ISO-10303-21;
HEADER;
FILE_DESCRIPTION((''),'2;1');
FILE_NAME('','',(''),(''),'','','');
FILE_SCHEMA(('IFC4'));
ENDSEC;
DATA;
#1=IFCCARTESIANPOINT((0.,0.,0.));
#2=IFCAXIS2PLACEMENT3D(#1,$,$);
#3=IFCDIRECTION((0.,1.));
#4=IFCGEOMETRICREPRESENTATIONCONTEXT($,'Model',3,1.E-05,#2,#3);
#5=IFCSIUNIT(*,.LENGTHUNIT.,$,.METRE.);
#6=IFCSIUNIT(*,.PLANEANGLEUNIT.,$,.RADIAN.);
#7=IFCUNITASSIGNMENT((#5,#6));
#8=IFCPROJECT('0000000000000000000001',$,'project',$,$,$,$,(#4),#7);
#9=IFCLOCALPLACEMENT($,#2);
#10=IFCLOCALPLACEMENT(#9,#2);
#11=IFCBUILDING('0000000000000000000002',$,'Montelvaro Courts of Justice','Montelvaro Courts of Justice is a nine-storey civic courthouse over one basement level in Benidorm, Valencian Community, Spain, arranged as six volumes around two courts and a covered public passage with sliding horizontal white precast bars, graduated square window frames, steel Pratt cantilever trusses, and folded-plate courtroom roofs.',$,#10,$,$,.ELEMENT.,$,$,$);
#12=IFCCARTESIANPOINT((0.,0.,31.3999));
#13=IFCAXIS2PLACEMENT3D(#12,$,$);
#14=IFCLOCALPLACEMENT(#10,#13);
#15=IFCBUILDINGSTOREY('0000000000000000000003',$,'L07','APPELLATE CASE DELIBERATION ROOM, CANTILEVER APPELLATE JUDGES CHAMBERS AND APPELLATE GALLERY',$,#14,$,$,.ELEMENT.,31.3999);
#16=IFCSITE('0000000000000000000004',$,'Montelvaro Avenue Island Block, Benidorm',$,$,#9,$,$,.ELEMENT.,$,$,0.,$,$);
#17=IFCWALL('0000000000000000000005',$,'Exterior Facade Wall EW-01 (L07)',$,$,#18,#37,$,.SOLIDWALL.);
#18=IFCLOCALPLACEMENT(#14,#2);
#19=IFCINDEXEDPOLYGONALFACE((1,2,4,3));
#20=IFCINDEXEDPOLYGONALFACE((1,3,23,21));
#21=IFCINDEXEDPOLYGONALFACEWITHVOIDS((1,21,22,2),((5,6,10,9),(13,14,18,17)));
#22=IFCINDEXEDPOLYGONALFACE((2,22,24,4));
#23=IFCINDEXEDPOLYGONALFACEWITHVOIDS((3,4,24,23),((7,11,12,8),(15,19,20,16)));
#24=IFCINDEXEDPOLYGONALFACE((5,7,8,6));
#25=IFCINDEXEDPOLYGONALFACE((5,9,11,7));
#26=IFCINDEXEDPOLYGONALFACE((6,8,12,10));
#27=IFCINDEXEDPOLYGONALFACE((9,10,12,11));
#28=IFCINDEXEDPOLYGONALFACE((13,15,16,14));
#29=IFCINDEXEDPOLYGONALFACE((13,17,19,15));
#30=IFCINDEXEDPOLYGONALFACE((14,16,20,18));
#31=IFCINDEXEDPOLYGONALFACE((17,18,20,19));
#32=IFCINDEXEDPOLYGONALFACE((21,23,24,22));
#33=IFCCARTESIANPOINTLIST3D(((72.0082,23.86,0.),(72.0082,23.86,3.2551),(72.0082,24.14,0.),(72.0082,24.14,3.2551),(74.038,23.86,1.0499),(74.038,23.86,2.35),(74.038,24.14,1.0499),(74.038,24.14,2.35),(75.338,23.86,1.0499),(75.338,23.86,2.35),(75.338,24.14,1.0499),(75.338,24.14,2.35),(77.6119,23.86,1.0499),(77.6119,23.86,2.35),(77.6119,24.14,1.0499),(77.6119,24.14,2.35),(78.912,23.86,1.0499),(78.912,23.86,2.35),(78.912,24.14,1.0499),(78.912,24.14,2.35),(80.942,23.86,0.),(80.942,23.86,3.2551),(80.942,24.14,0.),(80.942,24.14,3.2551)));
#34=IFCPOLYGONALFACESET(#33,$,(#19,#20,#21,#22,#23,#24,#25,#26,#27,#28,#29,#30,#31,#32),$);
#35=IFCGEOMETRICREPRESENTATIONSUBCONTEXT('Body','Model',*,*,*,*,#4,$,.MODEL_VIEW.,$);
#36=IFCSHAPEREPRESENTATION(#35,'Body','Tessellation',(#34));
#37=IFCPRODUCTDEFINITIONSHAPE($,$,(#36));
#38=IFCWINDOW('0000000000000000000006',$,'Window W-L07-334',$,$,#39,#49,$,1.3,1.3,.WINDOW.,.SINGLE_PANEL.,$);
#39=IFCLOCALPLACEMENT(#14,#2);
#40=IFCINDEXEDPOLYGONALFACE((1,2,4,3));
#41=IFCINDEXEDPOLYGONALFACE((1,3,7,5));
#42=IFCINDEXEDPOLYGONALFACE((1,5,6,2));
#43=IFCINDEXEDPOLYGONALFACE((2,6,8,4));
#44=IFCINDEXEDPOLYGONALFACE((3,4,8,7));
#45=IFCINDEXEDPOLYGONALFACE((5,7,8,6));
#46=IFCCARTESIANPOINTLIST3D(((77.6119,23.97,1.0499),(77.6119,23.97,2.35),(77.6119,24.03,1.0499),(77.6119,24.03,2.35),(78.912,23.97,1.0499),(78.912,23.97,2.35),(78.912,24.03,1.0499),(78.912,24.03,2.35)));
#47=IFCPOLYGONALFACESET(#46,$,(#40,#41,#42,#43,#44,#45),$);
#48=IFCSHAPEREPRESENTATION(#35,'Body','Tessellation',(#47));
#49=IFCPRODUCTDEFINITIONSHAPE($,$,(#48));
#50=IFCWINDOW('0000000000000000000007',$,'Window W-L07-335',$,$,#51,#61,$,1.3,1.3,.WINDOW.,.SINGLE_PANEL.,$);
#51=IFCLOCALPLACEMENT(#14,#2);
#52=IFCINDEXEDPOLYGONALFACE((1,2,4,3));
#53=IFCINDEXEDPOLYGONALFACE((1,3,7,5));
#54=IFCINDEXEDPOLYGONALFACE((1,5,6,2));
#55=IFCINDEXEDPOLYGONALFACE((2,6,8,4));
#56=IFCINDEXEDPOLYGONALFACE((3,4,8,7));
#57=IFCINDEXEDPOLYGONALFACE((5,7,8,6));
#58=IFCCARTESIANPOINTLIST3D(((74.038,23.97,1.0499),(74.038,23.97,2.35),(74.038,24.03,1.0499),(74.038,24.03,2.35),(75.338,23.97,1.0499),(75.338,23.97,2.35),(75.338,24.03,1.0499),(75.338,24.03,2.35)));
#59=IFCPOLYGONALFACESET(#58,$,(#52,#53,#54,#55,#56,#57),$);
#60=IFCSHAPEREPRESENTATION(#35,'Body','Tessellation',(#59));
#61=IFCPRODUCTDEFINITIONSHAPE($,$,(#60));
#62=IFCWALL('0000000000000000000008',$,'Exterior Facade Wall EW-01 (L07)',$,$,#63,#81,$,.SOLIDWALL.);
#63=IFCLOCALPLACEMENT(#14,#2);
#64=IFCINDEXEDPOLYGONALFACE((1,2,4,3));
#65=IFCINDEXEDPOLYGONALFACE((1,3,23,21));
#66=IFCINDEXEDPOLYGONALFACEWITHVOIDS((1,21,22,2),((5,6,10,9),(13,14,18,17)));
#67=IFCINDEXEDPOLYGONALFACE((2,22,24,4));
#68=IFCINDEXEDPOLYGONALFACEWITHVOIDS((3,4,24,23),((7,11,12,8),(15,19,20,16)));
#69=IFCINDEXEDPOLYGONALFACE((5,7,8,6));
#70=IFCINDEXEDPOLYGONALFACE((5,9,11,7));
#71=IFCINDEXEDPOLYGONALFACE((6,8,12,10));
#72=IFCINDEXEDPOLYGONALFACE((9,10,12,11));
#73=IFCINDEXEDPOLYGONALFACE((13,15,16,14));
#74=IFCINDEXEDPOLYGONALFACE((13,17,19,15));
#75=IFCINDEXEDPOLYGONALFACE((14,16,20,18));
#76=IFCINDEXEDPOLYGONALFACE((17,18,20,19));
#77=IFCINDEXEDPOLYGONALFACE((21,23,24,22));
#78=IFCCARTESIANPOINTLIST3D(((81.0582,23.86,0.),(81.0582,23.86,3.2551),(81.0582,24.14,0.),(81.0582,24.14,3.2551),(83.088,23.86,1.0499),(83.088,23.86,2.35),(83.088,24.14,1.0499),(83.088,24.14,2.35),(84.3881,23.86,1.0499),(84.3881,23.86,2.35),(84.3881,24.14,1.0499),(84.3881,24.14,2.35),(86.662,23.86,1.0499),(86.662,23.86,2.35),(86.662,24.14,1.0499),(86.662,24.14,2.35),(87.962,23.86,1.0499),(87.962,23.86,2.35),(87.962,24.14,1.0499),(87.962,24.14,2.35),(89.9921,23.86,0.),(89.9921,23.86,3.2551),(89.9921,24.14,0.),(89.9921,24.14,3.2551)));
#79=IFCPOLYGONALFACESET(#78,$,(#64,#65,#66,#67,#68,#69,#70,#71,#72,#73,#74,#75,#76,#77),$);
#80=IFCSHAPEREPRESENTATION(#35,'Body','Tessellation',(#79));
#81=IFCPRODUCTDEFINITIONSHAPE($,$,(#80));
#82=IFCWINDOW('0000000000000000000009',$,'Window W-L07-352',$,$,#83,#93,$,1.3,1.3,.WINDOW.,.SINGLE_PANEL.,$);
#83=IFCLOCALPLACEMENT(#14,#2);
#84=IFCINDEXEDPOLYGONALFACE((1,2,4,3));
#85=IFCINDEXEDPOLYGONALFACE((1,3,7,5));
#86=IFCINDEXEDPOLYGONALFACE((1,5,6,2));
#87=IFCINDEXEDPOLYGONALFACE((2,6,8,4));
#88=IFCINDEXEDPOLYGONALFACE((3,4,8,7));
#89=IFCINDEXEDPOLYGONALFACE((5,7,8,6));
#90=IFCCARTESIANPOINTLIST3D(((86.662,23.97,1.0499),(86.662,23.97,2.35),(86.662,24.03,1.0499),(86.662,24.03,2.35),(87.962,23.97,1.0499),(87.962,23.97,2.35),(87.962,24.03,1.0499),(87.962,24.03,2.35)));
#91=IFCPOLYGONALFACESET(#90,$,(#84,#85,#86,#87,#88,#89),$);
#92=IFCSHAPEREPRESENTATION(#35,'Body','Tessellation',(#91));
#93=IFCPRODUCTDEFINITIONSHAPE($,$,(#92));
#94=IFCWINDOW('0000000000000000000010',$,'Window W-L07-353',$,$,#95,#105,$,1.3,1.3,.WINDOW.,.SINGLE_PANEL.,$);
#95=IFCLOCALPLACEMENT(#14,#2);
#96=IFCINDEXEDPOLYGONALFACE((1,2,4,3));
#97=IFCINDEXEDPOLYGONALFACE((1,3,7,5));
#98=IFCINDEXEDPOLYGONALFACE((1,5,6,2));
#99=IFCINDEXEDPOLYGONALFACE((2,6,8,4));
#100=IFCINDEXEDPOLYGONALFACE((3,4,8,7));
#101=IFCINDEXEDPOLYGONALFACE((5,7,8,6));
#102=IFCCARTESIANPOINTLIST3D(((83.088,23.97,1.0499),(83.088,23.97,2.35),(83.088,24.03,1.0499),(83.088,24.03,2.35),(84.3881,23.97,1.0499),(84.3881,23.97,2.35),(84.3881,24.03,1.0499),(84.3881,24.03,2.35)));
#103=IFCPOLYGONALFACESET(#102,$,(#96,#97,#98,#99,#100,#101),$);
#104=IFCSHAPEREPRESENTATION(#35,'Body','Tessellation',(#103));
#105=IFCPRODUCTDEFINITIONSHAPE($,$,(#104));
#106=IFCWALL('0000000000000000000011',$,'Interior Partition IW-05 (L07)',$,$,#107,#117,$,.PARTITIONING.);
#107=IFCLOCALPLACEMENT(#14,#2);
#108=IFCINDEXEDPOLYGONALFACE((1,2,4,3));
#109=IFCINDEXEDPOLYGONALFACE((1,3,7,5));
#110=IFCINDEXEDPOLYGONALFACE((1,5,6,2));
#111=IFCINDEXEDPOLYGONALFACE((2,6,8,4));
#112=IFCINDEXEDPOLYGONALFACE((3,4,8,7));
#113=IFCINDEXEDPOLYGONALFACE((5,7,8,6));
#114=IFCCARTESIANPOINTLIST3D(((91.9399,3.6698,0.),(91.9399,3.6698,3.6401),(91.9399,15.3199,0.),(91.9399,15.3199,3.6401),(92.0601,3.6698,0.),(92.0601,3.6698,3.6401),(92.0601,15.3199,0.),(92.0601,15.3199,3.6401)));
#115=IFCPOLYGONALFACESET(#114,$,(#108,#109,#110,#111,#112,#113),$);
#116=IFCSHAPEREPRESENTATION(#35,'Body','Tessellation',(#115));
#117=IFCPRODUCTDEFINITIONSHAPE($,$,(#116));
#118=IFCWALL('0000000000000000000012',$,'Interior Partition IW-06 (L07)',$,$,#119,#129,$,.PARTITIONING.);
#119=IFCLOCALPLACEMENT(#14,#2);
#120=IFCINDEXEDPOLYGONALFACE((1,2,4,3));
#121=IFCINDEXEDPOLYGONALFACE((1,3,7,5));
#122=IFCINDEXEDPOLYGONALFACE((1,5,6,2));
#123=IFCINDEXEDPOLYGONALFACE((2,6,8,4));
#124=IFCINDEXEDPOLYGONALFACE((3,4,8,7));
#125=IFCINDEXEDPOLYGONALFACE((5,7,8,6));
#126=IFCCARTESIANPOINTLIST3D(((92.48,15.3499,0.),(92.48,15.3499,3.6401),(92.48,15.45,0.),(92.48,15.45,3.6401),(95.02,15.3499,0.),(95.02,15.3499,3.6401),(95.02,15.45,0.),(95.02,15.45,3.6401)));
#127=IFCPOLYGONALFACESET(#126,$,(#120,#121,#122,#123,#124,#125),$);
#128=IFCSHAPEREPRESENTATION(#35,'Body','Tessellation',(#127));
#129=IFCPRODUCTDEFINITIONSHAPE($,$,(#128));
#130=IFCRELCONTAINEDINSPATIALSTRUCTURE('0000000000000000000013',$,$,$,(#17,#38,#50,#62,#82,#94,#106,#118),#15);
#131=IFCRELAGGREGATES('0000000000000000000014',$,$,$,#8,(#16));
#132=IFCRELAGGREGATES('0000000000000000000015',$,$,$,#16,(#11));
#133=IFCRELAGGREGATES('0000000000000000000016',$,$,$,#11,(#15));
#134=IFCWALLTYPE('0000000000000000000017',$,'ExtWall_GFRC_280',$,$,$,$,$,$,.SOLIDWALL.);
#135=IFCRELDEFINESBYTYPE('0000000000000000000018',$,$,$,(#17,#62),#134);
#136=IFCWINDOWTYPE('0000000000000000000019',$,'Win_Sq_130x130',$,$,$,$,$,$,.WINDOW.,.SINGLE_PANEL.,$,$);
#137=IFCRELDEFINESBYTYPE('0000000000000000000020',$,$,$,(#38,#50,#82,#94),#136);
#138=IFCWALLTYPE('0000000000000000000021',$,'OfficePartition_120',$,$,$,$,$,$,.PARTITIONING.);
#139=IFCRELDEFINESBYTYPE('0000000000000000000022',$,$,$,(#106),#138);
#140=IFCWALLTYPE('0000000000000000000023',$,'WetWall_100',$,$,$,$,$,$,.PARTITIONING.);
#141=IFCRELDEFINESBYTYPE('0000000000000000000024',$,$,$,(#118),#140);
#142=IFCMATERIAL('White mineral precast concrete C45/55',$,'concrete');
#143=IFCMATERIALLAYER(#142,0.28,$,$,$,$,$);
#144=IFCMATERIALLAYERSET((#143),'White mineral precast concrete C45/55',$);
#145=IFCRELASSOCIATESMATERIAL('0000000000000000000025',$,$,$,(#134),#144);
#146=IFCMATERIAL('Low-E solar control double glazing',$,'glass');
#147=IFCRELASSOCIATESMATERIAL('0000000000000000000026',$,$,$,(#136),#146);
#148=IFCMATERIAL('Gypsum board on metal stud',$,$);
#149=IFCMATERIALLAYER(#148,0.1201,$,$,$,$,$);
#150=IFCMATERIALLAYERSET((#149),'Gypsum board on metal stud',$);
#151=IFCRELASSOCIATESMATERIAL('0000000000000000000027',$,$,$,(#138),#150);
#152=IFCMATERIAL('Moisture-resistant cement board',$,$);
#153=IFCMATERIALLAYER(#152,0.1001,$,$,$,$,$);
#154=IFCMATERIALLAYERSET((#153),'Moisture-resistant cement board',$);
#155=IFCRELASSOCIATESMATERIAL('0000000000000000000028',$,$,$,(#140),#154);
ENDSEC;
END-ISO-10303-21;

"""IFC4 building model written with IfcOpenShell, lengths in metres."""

from ifc_helpers import new_model, si_unit, direction, frame, frame_2d, origin, place, context, subcontext, project, spatial, rectangle, extrude, material, layer, layer_set, type_object, element, fill, save


model = new_model("IFC4")

# Units and contexts
model_context = context("Model", 3, precision=1e-05, world=origin(), true_north=direction((0.0, 1.0)))
body_context = subcontext(model_context, "Body", "Model", "MODEL_VIEW")
ifc_project = project(units=[si_unit("LENGTHUNIT", "METRE"), si_unit("PLANEANGLEUNIT", "RADIAN")], contexts=[model_context])

# Site, building, storey
site_placement = place(None, origin())
site = spatial("IfcSite", under=ifc_project, at=site_placement, Name="Montelvaro Avenue Island Block, Benidorm", CompositionType="ELEMENT", RefElevation=0.0)
building_placement = place(site_placement, origin())
building = spatial("IfcBuilding", under=site, at=building_placement, Name="Montelvaro Courts of Justice", Description="Montelvaro Courts of Justice is a nine-storey civic courthouse over one basement level in Benidorm, Valencian Community, Spain, arranged as six volumes around two courts and a covered public passage with sliding horizontal white precast bars, graduated square window frames, steel Pratt cantilever trusses, and folded-plate courtroom roofs.", CompositionType="ELEMENT")
storey_placement = place(building_placement, frame((0.0, 0.0, 31.3999)))
storey = spatial("IfcBuildingStorey", under=building, at=storey_placement, Name="L07", Description="APPELLATE CASE DELIBERATION ROOM, CANTILEVER APPELLATE JUDGES CHAMBERS AND APPELLATE GALLERY", CompositionType="ELEMENT", Elevation=31.3999)

# Shared definitions
ifc_material_1 = material(Name="White mineral precast concrete C45/55", Category="concrete")

# Shared definitions
ifc_material_2 = material(Name="Gypsum board on metal stud")

# Walls, openings, windows
ifc_layer_1 = layer(ifc_material_1, 0.28)
ifc_layer_set_1 = layer_set([ifc_layer_1], Name="White mineral precast concrete C45/55")
wall_type_1 = type_object("IfcWallType", Name="ExtWall_GFRC_280", PredefinedType="SOLIDWALL", material=ifc_layer_set_1)
wall_1_placement = place(storey_placement, frame((80.9419, 24.0, 0.0), z_axis=(0.0, 0.0, 1.0), x_axis=(-1.0, 0.0, 0.0)))
wall_1 = element("IfcWall", 1, at=wall_1_placement, inside=storey, type_object=wall_type_1, Name="Exterior Facade Wall EW-01 (L07)", PredefinedType="SOLIDWALL", context=body_context, shape_type="SweptSolid", body=[
    extrude(rectangle(XDim=8.9338, YDim=0.28, at=frame_2d((4.4668, 0.0))), origin(), (0.0, 0.0, 1.0), 3.2551),
])
opening_1_placement = place(wall_1_placement, frame((2.03, 0.0, 1.05)))
opening_1 = element("IfcOpeningElement", 2, at=opening_1_placement, cuts=wall_1, PredefinedType="OPENING", context=body_context, shape_type="SweptSolid", body=[
    extrude(rectangle(XDim=1.3, YDim=1.3, at=frame_2d((0.6499, 0.6499))), frame((0.0, 0.1548, 0.0), z_axis=(0.0, -1.0, 0.0), x_axis=(1.0, 0.0, 0.0)), (0.0, 0.0, 1.0), 0.3098),
])
opening_2_placement = place(wall_1_placement, frame((5.604, 0.0, 1.05)))
opening_2 = element("IfcOpeningElement", 3, at=opening_2_placement, cuts=wall_1, PredefinedType="OPENING", context=body_context, shape_type="SweptSolid", body=[
    extrude(rectangle(XDim=1.3, YDim=1.3, at=frame_2d((0.6499, 0.6499))), frame((0.0, 0.1548, 0.0), z_axis=(0.0, -1.0, 0.0), x_axis=(1.0, 0.0, 0.0)), (0.0, 0.0, 1.0), 0.3098),
])
ifc_material_3 = material(Name="Low-E solar control double glazing", Category="glass")
window_type = type_object("IfcWindowType", Name="Win_Sq_130x130", PartitioningType="SINGLE_PANEL", PredefinedType="WINDOW", material=ifc_material_3)
window_1_placement = place(opening_1_placement, origin())
window_1 = element("IfcWindow", 4, at=window_1_placement, inside=storey, type_object=window_type, Name="Window W-L07-334", OverallHeight=1.3, OverallWidth=1.3, PartitioningType="SINGLE_PANEL", PredefinedType="WINDOW", context=body_context, shape_type="SweptSolid", body=[
    extrude(rectangle(XDim=1.3, YDim=1.3, at=frame_2d((0.6499, 0.6499))), frame((0.0, 0.03, 0.0), z_axis=(0.0, -1.0, 0.0), x_axis=(1.0, 0.0, 0.0)), (0.0, 0.0, 1.0), 0.0601),
])
fill(opening_1, window_1)
window_2_placement = place(opening_2_placement, origin())
window_2 = element("IfcWindow", 5, at=window_2_placement, inside=storey, type_object=window_type, Name="Window W-L07-335", OverallHeight=1.3, OverallWidth=1.3, PartitioningType="SINGLE_PANEL", PredefinedType="WINDOW", context=body_context, shape_type="SweptSolid", body=[
    extrude(rectangle(XDim=1.3, YDim=1.3, at=frame_2d((0.6499, 0.6499))), frame((0.0, 0.03, 0.0), z_axis=(0.0, -1.0, 0.0), x_axis=(1.0, 0.0, 0.0)), (0.0, 0.0, 1.0), 0.0601),
])
fill(opening_2, window_2)
wall_2_placement = place(storey_placement, frame((89.9919, 24.0, 0.0), z_axis=(0.0, 0.0, 1.0), x_axis=(-1.0, 0.0, 0.0)))
wall_2 = element("IfcWall", 6, at=wall_2_placement, inside=storey, type_object=wall_type_1, Name="Exterior Facade Wall EW-01 (L07)", PredefinedType="SOLIDWALL", context=body_context, shape_type="SweptSolid", body=[
    extrude(rectangle(XDim=8.9338, YDim=0.28, at=frame_2d((4.4668, 0.0))), origin(), (0.0, 0.0, 1.0), 3.2551),
])
opening_3_placement = place(wall_2_placement, frame((2.03, 0.0, 1.05)))
opening_3 = element("IfcOpeningElement", 7, at=opening_3_placement, cuts=wall_2, PredefinedType="OPENING", context=body_context, shape_type="SweptSolid", body=[
    extrude(rectangle(XDim=1.3, YDim=1.3, at=frame_2d((0.6499, 0.6499))), frame((0.0, 0.1548, 0.0), z_axis=(0.0, -1.0, 0.0), x_axis=(1.0, 0.0, 0.0)), (0.0, 0.0, 1.0), 0.3098),
])
opening_4_placement = place(wall_2_placement, frame((5.604, 0.0, 1.05)))
opening_4 = element("IfcOpeningElement", 8, at=opening_4_placement, cuts=wall_2, PredefinedType="OPENING", context=body_context, shape_type="SweptSolid", body=[
    extrude(rectangle(XDim=1.3, YDim=1.3, at=frame_2d((0.6499, 0.6499))), frame((0.0, 0.1548, 0.0), z_axis=(0.0, -1.0, 0.0), x_axis=(1.0, 0.0, 0.0)), (0.0, 0.0, 1.0), 0.3098),
])
window_3_placement = place(opening_3_placement, origin())
window_3 = element("IfcWindow", 9, at=window_3_placement, inside=storey, type_object=window_type, Name="Window W-L07-352", OverallHeight=1.3, OverallWidth=1.3, PartitioningType="SINGLE_PANEL", PredefinedType="WINDOW", context=body_context, shape_type="SweptSolid", body=[
    extrude(rectangle(XDim=1.3, YDim=1.3, at=frame_2d((0.6499, 0.6499))), frame((0.0, 0.03, 0.0), z_axis=(0.0, -1.0, 0.0), x_axis=(1.0, 0.0, 0.0)), (0.0, 0.0, 1.0), 0.0601),
])
fill(opening_3, window_3)
window_4_placement = place(opening_4_placement, origin())
window_4 = element("IfcWindow", 10, at=window_4_placement, inside=storey, type_object=window_type, Name="Window W-L07-353", OverallHeight=1.3, OverallWidth=1.3, PartitioningType="SINGLE_PANEL", PredefinedType="WINDOW", context=body_context, shape_type="SweptSolid", body=[
    extrude(rectangle(XDim=1.3, YDim=1.3, at=frame_2d((0.6499, 0.6499))), frame((0.0, 0.03, 0.0), z_axis=(0.0, -1.0, 0.0), x_axis=(1.0, 0.0, 0.0)), (0.0, 0.0, 1.0), 0.0601),
])
fill(opening_4, window_4)

# Walls
ifc_layer_2 = layer(ifc_material_2, 0.1201)
ifc_layer_set_2 = layer_set([ifc_layer_2], Name="Gypsum board on metal stud")
wall_type_2 = type_object("IfcWallType", Name="OfficePartition_120", PredefinedType="PARTITIONING", material=ifc_layer_set_2)
wall_3_placement = place(storey_placement, frame((92.0, 15.3201, 0.0), z_axis=(0.0, 0.0, 1.0), x_axis=(0.0, -1.0, 0.0)))
element("IfcWall", 11, at=wall_3_placement, inside=storey, type_object=wall_type_2, Name="Interior Partition IW-05 (L07)", PredefinedType="PARTITIONING", context=body_context, shape_type="SweptSolid", body=[
    extrude(rectangle(XDim=11.6501, YDim=0.1201, at=frame_2d((5.8252, 0.0))), origin(), (0.0, 0.0, 1.0), 3.6401),
])
ifc_material_4 = material(Name="Moisture-resistant cement board")
ifc_layer_3 = layer(ifc_material_4, 0.1001)
ifc_layer_set_3 = layer_set([ifc_layer_3], Name="Moisture-resistant cement board")
wall_type_3 = type_object("IfcWallType", Name="WetWall_100", PredefinedType="PARTITIONING", material=ifc_layer_set_3)
wall_4_placement = place(storey_placement, frame((92.48, 15.3999, 0.0), z_axis=(0.0, 0.0, 1.0), x_axis=(1.0, 0.0, 0.0)))
element("IfcWall", 12, at=wall_4_placement, inside=storey, type_object=wall_type_3, Name="Interior Partition IW-06 (L07)", PredefinedType="PARTITIONING", context=body_context, shape_type="SweptSolid", body=[
    extrude(rectangle(XDim=2.54, YDim=0.1001, at=frame_2d((1.27, 0.0))), origin(), (0.0, 0.0, 1.0), 3.6401),
])

save(model, "model.ifc")
